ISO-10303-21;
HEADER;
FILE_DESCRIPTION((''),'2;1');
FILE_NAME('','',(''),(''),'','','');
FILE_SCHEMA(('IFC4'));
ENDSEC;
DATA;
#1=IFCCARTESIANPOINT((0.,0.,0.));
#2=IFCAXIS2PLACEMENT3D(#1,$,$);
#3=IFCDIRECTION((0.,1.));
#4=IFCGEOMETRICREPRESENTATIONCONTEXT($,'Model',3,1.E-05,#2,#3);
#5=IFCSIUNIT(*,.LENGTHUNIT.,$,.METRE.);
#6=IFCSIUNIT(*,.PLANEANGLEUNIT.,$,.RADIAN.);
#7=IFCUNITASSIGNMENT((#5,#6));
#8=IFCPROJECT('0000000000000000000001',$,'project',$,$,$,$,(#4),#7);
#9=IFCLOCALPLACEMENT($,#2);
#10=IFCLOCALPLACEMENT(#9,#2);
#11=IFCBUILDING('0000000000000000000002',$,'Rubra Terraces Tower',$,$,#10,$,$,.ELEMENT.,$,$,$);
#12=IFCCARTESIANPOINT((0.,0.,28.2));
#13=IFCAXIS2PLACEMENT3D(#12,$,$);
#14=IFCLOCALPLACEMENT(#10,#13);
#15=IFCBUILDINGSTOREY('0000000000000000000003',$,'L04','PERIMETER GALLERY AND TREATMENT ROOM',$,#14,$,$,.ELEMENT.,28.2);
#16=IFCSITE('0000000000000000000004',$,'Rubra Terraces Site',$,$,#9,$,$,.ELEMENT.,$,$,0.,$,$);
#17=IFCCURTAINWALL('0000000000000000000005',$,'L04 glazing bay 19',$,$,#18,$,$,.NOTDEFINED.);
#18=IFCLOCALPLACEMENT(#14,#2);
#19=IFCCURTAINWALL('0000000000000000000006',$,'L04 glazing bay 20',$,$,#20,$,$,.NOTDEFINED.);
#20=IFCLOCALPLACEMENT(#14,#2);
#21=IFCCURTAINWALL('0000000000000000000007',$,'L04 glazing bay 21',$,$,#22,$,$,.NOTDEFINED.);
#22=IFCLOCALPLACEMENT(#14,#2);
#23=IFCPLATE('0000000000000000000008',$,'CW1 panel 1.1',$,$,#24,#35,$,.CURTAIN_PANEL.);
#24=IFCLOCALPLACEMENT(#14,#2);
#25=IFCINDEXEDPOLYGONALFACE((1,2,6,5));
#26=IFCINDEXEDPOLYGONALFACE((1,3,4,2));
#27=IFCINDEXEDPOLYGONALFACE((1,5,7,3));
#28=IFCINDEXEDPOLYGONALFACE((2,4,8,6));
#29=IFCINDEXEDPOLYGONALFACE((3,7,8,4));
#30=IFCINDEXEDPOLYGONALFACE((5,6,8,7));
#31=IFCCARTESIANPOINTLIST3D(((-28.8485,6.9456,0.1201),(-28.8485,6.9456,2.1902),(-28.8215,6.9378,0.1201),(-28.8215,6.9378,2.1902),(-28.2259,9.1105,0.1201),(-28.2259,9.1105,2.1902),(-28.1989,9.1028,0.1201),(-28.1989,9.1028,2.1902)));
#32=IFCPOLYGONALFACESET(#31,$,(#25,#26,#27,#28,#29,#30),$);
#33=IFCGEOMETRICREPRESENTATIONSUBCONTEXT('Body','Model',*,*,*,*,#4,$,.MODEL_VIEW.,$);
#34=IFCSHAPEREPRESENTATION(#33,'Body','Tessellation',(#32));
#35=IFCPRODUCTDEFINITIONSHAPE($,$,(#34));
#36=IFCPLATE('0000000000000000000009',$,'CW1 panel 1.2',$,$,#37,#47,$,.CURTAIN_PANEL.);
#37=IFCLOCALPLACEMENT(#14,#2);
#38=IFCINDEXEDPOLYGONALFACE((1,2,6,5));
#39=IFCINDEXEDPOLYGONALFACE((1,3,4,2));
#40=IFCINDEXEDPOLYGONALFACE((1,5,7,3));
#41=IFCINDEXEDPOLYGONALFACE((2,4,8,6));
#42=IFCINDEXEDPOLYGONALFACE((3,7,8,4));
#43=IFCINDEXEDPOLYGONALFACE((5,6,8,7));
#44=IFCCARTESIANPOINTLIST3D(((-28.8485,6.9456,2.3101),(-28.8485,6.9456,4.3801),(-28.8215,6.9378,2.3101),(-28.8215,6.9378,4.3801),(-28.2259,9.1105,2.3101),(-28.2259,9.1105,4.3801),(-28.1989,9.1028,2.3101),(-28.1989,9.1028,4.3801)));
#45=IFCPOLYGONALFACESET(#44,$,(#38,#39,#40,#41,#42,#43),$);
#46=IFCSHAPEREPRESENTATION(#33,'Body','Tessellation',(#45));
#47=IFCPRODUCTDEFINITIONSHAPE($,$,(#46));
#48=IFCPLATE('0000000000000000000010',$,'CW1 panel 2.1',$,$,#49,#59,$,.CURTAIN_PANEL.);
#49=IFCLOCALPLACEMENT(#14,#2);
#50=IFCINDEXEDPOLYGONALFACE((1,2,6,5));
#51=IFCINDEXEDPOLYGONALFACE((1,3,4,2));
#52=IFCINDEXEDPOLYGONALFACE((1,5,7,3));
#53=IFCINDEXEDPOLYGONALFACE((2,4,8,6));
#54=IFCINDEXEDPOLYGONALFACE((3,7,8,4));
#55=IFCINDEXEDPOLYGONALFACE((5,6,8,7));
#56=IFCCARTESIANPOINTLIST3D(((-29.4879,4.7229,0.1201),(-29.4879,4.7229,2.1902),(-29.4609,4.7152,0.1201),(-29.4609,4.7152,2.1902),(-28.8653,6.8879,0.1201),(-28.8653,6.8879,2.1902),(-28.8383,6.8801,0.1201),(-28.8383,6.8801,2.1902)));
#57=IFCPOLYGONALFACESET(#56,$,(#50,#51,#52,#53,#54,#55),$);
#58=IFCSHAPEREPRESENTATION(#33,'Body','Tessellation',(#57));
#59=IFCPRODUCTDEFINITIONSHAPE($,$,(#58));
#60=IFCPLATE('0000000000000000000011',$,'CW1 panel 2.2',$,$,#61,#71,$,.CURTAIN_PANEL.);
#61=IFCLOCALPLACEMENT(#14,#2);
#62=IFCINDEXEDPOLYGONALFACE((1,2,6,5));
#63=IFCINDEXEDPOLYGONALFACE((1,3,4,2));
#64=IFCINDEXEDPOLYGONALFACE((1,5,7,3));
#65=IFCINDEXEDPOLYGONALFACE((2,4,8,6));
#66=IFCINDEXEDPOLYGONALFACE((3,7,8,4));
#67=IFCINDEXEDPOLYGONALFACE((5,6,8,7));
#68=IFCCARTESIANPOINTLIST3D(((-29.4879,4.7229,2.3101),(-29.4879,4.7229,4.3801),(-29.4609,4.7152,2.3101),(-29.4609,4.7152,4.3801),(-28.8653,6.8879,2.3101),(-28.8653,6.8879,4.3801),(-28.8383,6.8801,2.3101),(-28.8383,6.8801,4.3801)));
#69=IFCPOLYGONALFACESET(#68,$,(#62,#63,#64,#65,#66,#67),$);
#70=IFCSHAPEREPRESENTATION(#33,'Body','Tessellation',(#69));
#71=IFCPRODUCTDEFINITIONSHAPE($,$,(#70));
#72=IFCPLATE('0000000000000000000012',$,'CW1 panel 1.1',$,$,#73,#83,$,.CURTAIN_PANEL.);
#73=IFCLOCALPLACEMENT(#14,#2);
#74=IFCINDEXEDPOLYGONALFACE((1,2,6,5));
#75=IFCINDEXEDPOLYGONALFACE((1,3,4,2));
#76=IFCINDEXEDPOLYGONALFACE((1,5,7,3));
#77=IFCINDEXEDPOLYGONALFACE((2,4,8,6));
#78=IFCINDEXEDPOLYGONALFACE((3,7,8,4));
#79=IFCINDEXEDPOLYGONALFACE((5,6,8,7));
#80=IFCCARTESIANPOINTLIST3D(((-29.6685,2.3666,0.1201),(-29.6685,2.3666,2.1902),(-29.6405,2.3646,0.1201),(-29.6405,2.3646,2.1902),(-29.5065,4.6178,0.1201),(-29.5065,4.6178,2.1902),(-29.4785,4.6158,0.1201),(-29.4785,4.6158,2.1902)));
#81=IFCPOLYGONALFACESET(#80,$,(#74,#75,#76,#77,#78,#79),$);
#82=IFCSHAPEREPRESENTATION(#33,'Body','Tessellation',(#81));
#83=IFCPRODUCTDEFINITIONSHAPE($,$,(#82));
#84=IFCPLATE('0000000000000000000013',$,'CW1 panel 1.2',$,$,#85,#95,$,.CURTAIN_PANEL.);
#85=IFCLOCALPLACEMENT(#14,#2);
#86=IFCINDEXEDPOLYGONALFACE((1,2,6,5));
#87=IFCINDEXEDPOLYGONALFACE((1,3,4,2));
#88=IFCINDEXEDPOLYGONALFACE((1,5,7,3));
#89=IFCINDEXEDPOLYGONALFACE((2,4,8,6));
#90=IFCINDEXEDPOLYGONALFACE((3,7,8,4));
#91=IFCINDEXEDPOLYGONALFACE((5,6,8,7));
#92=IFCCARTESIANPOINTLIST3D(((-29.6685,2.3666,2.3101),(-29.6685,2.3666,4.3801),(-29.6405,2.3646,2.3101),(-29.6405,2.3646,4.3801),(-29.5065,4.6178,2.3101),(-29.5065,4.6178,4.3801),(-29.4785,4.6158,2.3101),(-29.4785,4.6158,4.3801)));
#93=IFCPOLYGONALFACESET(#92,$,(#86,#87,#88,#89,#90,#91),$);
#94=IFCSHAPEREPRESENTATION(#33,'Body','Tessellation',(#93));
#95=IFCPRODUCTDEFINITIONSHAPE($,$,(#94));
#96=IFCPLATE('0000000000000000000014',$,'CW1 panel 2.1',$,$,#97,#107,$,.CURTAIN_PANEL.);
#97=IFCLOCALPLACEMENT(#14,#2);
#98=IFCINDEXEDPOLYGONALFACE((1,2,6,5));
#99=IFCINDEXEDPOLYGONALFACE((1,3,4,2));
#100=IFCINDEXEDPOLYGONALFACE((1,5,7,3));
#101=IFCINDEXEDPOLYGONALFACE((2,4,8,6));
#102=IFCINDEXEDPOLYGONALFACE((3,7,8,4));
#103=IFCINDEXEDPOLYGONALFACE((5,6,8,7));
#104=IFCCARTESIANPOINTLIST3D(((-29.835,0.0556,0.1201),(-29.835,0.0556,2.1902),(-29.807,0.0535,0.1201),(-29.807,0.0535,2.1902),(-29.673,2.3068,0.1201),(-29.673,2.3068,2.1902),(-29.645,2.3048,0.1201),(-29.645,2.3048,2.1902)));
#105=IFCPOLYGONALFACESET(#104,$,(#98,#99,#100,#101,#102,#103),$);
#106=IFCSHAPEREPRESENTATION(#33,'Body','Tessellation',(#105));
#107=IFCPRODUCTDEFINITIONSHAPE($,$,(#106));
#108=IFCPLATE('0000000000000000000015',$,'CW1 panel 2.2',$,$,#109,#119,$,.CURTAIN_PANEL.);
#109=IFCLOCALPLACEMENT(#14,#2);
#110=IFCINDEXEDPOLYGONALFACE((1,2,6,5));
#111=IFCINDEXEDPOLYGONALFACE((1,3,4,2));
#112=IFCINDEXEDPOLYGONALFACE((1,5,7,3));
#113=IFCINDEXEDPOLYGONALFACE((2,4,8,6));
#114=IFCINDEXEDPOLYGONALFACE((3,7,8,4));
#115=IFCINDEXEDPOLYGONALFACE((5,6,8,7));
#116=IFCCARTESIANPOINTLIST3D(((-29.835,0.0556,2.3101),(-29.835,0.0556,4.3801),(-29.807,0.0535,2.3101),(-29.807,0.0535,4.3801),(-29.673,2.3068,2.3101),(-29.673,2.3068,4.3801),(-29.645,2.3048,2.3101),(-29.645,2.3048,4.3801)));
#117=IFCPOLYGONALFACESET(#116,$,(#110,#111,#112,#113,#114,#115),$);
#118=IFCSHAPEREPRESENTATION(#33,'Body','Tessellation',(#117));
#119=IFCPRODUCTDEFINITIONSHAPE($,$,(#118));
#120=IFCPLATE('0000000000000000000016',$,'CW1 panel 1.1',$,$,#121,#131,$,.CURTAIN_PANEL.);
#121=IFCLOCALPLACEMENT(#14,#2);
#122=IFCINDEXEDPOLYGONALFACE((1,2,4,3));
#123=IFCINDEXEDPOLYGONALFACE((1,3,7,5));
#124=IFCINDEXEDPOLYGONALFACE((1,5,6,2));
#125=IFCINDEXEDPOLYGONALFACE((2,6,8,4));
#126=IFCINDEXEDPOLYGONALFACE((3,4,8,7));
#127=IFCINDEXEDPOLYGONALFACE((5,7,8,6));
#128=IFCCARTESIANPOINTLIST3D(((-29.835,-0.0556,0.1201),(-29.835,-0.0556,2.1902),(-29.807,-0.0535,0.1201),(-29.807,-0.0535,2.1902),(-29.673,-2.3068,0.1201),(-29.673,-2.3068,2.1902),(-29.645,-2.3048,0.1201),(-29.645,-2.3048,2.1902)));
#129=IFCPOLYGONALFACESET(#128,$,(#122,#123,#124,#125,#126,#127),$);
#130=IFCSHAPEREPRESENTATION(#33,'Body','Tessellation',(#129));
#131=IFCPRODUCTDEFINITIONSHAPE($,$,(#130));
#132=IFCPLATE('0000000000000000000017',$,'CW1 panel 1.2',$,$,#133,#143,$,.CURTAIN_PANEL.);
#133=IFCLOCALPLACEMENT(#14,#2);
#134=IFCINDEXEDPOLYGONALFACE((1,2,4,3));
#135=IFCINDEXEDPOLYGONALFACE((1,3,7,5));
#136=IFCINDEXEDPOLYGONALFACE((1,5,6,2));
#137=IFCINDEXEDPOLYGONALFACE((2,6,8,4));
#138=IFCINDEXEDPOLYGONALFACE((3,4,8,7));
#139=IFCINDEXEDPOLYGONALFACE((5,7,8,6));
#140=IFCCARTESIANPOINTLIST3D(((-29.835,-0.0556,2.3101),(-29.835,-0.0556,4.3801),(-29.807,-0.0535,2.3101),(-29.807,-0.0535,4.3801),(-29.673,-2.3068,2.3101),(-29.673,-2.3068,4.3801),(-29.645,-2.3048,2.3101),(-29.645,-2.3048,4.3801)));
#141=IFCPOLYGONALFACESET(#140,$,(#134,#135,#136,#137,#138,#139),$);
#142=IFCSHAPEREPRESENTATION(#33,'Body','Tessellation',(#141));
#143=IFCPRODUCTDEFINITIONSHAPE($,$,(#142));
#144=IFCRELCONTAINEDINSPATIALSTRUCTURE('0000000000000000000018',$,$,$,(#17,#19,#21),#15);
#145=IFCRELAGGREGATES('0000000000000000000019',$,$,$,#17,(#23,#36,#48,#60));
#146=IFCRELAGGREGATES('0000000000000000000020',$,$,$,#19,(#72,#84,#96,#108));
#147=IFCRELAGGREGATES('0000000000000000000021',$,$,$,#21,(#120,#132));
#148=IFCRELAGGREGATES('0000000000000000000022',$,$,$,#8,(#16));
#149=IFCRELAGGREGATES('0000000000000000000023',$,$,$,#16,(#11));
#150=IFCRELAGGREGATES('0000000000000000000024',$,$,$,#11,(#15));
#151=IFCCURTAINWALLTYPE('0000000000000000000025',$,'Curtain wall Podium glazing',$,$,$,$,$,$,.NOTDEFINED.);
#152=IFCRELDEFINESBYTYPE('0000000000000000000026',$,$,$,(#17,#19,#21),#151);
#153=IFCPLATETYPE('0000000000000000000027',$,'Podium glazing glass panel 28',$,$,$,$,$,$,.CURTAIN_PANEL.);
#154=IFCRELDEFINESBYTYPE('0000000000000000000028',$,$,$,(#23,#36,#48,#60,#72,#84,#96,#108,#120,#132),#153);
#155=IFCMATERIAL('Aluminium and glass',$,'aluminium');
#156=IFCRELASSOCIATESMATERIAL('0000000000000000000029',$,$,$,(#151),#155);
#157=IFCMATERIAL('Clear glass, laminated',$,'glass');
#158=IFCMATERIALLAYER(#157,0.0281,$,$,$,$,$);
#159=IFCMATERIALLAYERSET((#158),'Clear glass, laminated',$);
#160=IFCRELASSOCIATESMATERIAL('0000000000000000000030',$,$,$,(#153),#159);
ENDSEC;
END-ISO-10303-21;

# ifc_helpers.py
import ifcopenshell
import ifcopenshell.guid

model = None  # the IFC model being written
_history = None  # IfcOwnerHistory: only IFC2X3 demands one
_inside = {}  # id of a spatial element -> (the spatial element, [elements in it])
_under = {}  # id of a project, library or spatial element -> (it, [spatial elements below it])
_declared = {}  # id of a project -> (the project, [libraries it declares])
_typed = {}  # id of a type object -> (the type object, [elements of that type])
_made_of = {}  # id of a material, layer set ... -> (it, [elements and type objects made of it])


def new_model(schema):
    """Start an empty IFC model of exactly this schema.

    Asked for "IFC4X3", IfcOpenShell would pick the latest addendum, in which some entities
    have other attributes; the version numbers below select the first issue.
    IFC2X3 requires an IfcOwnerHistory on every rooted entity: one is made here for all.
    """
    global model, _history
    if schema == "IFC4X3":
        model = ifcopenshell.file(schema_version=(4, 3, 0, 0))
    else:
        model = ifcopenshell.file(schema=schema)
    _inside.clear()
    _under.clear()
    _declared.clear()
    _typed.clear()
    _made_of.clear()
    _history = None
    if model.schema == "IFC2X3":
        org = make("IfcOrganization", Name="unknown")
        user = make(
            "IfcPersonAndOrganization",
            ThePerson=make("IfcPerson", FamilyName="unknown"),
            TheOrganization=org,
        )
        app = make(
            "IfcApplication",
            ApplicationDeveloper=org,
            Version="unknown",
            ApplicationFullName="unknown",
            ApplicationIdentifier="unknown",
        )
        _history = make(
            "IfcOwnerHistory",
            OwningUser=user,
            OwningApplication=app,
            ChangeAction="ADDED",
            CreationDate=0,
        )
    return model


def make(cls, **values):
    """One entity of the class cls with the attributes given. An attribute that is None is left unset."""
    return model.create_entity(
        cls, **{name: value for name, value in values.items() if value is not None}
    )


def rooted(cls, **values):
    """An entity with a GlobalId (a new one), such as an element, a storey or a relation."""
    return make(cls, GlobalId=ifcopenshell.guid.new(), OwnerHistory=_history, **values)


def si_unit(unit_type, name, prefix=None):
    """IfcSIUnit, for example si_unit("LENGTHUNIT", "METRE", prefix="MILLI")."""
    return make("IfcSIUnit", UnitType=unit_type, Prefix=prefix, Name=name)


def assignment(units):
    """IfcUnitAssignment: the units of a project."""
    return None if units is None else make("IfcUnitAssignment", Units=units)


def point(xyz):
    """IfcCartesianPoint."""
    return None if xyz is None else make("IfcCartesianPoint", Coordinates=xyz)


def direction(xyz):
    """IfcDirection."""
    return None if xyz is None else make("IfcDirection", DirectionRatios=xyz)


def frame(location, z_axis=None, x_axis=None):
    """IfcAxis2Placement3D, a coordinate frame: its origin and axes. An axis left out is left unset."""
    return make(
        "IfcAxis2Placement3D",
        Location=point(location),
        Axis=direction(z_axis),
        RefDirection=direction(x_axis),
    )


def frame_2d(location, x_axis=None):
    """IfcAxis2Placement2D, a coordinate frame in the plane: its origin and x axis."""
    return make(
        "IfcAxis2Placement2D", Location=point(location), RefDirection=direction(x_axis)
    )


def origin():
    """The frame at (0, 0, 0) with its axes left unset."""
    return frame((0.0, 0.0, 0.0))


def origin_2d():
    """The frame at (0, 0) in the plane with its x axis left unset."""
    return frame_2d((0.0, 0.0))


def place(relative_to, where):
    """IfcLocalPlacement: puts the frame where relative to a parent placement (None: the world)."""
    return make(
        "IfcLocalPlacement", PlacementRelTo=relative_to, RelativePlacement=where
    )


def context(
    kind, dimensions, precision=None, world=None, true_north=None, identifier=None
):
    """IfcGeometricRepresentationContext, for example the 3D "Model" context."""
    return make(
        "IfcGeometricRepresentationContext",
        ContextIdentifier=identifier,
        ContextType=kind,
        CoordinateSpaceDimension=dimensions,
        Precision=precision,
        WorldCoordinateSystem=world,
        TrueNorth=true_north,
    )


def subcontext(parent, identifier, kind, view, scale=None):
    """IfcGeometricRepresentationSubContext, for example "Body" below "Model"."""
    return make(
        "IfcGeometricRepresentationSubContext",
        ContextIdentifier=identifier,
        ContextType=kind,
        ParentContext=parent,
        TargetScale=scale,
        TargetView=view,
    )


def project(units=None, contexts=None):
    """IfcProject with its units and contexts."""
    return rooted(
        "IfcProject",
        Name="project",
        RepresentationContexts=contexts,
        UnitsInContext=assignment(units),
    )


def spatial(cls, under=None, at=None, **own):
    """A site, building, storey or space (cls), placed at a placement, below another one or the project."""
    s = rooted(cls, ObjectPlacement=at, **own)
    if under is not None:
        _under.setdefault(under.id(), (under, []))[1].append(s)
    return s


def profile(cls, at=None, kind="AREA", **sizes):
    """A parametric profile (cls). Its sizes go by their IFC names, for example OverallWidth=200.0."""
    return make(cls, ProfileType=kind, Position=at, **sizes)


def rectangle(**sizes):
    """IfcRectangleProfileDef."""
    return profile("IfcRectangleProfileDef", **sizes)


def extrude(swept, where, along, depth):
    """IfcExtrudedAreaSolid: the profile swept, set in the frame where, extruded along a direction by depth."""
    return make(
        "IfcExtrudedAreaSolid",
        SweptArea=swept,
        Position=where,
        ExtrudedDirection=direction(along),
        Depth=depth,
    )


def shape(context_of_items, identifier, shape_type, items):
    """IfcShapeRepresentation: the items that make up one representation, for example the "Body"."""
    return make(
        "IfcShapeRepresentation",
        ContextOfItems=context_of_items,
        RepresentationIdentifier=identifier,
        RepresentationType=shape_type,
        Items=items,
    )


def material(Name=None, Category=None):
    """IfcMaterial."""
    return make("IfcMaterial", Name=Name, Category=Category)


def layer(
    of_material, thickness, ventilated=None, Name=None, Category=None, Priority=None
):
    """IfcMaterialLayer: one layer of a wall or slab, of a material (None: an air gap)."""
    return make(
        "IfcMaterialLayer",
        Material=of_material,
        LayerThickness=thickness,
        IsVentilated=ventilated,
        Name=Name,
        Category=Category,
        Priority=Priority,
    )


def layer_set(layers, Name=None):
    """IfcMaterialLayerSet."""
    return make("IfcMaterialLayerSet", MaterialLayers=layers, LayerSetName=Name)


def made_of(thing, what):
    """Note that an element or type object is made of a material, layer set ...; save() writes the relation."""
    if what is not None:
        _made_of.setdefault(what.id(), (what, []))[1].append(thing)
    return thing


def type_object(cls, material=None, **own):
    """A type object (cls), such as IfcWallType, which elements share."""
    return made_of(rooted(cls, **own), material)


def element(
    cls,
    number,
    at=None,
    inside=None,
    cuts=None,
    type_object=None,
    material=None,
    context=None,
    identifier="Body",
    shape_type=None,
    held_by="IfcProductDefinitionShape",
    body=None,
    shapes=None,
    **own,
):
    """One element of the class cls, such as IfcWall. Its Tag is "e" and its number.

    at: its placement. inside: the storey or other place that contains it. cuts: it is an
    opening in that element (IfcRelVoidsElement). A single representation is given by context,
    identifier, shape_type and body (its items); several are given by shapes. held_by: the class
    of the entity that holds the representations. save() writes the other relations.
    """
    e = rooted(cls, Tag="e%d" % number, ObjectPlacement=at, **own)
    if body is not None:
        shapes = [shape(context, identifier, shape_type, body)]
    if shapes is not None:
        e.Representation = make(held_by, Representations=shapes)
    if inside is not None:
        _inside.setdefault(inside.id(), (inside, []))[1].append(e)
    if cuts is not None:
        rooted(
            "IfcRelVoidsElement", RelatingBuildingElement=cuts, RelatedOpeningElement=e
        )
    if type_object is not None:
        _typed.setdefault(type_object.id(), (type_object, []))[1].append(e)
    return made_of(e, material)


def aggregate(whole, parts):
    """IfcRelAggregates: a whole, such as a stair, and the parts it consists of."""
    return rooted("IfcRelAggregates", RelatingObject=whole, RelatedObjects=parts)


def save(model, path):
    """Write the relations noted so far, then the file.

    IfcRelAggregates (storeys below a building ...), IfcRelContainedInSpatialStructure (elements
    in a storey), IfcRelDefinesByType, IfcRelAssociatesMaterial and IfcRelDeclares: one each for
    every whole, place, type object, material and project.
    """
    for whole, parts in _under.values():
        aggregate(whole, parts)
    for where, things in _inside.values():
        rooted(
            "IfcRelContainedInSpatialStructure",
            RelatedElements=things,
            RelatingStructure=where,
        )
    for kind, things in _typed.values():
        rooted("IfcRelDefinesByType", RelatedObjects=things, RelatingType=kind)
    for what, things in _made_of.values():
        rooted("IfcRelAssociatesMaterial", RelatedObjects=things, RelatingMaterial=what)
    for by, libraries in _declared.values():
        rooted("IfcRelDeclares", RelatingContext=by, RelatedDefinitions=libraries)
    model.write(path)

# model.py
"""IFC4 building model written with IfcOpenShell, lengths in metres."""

from ifc_helpers import new_model, si_unit, direction, frame, origin, origin_2d, place, context, subcontext, project, spatial, rectangle, extrude, material, layer, layer_set, type_object, element, aggregate, save


model = new_model("IFC4")

# Units and contexts
model_context = context("Model", 3, precision=1e-05, world=origin(), true_north=direction((0.0, 1.0)))
body_context = subcontext(model_context, "Body", "Model", "MODEL_VIEW")
ifc_project = project(units=[si_unit("LENGTHUNIT", "METRE"), si_unit("PLANEANGLEUNIT", "RADIAN")], contexts=[model_context])

# Site, building, storey
site_placement = place(None, origin())
site = spatial("IfcSite", under=ifc_project, at=site_placement, Name="Rubra Terraces Site", CompositionType="ELEMENT", RefElevation=0.0)
building_placement = place(site_placement, origin())
building = spatial("IfcBuilding", under=site, at=building_placement, Name="Rubra Terraces Tower", CompositionType="ELEMENT")
storey_placement = place(building_placement, frame((0.0, 0.0, 28.2)))
storey = spatial("IfcBuildingStorey", under=building, at=storey_placement, Name="L04", Description="PERIMETER GALLERY AND TREATMENT ROOM", CompositionType="ELEMENT", Elevation=28.2)

# Curtain wall
ifc_material_1 = material(Name="Aluminium and glass", Category="aluminium")
curtain_wall_type = type_object("IfcCurtainWallType", Name="Curtain wall Podium glazing", PredefinedType="NOTDEFINED", material=ifc_material_1)
curtain_wall_1_placement = place(storey_placement, origin())
curtain_wall_1 = element("IfcCurtainWall", 1, at=curtain_wall_1_placement, inside=storey, type_object=curtain_wall_type, Name="L04 glazing bay 19", PredefinedType="NOTDEFINED")

# Curtain wall
curtain_wall_2_placement = place(storey_placement, origin())
curtain_wall_2 = element("IfcCurtainWall", 2, at=curtain_wall_2_placement, inside=storey, type_object=curtain_wall_type, Name="L04 glazing bay 20", PredefinedType="NOTDEFINED")

# Curtain wall
curtain_wall_3_placement = place(storey_placement, origin())
curtain_wall_3 = element("IfcCurtainWall", 3, at=curtain_wall_3_placement, inside=storey, type_object=curtain_wall_type, Name="L04 glazing bay 21", PredefinedType="NOTDEFINED")

# Plates
ifc_material_2 = material(Name="Clear glass, laminated", Category="glass")
ifc_layer = layer(ifc_material_2, 0.0281)
ifc_layer_set = layer_set([ifc_layer], Name="Clear glass, laminated")
plate_type = type_object("IfcPlateType", Name="Podium glazing glass panel 28", PredefinedType="CURTAIN_PANEL", material=ifc_layer_set)
plate_1_placement = place(storey_placement, frame((-28.5237, 8.0242, 0.1201), z_axis=(0.0, 0.0, 1.0), x_axis=(-0.276384, -0.961047, 0.0)))
plate_1 = element("IfcPlate", 4, at=plate_1_placement, type_object=plate_type, Name="CW1 panel 1.1", PredefinedType="CURTAIN_PANEL", context=body_context, shape_type="SweptSolid", body=[
    extrude(rectangle(XDim=2.2527, YDim=0.0281, at=origin_2d()), origin(), (0.0, 0.0, 1.0), 2.0701),
])
plate_2_placement = place(storey_placement, frame((-28.5237, 8.0242, 2.3101), z_axis=(0.0, 0.0, 1.0), x_axis=(-0.276384, -0.961047, 0.0)))
plate_2 = element("IfcPlate", 5, at=plate_2_placement, type_object=plate_type, Name="CW1 panel 1.2", PredefinedType="CURTAIN_PANEL", context=body_context, shape_type="SweptSolid", body=[
    extrude(rectangle(XDim=2.2527, YDim=0.0281, at=origin_2d()), origin(), (0.0, 0.0, 1.0), 2.0701),
])
plate_3_placement = place(storey_placement, frame((-29.1631, 5.8015, 0.1201), z_axis=(0.0, 0.0, 1.0), x_axis=(-0.276384, -0.961047, 0.0)))
plate_3 = element("IfcPlate", 6, at=plate_3_placement, type_object=plate_type, Name="CW1 panel 2.1", PredefinedType="CURTAIN_PANEL", context=body_context, shape_type="SweptSolid", body=[
    extrude(rectangle(XDim=2.2527, YDim=0.0281, at=origin_2d()), origin(), (0.0, 0.0, 1.0), 2.0701),
])
plate_4_placement = place(storey_placement, frame((-29.1631, 5.8015, 2.3101), z_axis=(0.0, 0.0, 1.0), x_axis=(-0.276384, -0.961047, 0.0)))
plate_4 = element("IfcPlate", 7, at=plate_4_placement, type_object=plate_type, Name="CW1 panel 2.2", PredefinedType="CURTAIN_PANEL", context=body_context, shape_type="SweptSolid", body=[
    extrude(rectangle(XDim=2.2527, YDim=0.0281, at=origin_2d()), origin(), (0.0, 0.0, 1.0), 2.0701),
])
aggregate(curtain_wall_1, [plate_1, plate_2, plate_3, plate_4])
plate_5_placement = place(storey_placement, frame((-29.5735, 3.4912, 0.1201), z_axis=(0.0, 0.0, 1.0), x_axis=(-0.071792, -0.99742, 0.0)))
plate_5 = element("IfcPlate", 8, at=plate_5_placement, type_object=plate_type, Name="CW1 panel 1.1", PredefinedType="CURTAIN_PANEL", context=body_context, shape_type="SweptSolid", body=[
    extrude(rectangle(XDim=2.2571, YDim=0.0281, at=origin_2d()), origin(), (0.0, 0.0, 1.0), 2.0701),
])
plate_6_placement = place(storey_placement, frame((-29.5735, 3.4912, 2.3101), z_axis=(0.0, 0.0, 1.0), x_axis=(-0.071792, -0.99742, 0.0)))
plate_6 = element("IfcPlate", 9, at=plate_6_placement, type_object=plate_type, Name="CW1 panel 1.2", PredefinedType="CURTAIN_PANEL", context=body_context, shape_type="SweptSolid", body=[
    extrude(rectangle(XDim=2.2571, YDim=0.0281, at=origin_2d()), origin(), (0.0, 0.0, 1.0), 2.0701),
])
plate_7_placement = place(storey_placement, frame((-29.74, 1.1802, 0.1201), z_axis=(0.0, 0.0, 1.0), x_axis=(-0.071792, -0.99742, 0.0)))
plate_7 = element("IfcPlate", 10, at=plate_7_placement, type_object=plate_type, Name="CW1 panel 2.1", PredefinedType="CURTAIN_PANEL", context=body_context, shape_type="SweptSolid", body=[
    extrude(rectangle(XDim=2.2571, YDim=0.0281, at=origin_2d()), origin(), (0.0, 0.0, 1.0), 2.0701),
])
plate_8_placement = place(storey_placement, frame((-29.74, 1.1802, 2.3101), z_axis=(0.0, 0.0, 1.0), x_axis=(-0.071792, -0.99742, 0.0)))
plate_8 = element("IfcPlate", 11, at=plate_8_placement, type_object=plate_type, Name="CW1 panel 2.2", PredefinedType="CURTAIN_PANEL", context=body_context, shape_type="SweptSolid", body=[
    extrude(rectangle(XDim=2.2571, YDim=0.0281, at=origin_2d()), origin(), (0.0, 0.0, 1.0), 2.0701),
])
aggregate(curtain_wall_2, [plate_5, plate_6, plate_7, plate_8])
plate_9_placement = place(storey_placement, frame((-29.74, -1.1802, 0.1201), z_axis=(0.0, 0.0, 1.0), x_axis=(0.071792, -0.99742, 0.0)))
plate_9 = element("IfcPlate", 12, at=plate_9_placement, type_object=plate_type, Name="CW1 panel 1.1", PredefinedType="CURTAIN_PANEL", context=body_context, shape_type="SweptSolid", body=[
    extrude(rectangle(XDim=2.2571, YDim=0.0281, at=origin_2d()), origin(), (0.0, 0.0, 1.0), 2.0701),
])
plate_10_placement = place(storey_placement, frame((-29.74, -1.1802, 2.3101), z_axis=(0.0, 0.0, 1.0), x_axis=(0.071792, -0.99742, 0.0)))
plate_10 = element("IfcPlate", 13, at=plate_10_placement, type_object=plate_type, Name="CW1 panel 1.2", PredefinedType="CURTAIN_PANEL", context=body_context, shape_type="SweptSolid", body=[
    extrude(rectangle(XDim=2.2571, YDim=0.0281, at=origin_2d()), origin(), (0.0, 0.0, 1.0), 2.0701),
])
aggregate(curtain_wall_3, [plate_9, plate_10])

save(model, "model.ifc")
